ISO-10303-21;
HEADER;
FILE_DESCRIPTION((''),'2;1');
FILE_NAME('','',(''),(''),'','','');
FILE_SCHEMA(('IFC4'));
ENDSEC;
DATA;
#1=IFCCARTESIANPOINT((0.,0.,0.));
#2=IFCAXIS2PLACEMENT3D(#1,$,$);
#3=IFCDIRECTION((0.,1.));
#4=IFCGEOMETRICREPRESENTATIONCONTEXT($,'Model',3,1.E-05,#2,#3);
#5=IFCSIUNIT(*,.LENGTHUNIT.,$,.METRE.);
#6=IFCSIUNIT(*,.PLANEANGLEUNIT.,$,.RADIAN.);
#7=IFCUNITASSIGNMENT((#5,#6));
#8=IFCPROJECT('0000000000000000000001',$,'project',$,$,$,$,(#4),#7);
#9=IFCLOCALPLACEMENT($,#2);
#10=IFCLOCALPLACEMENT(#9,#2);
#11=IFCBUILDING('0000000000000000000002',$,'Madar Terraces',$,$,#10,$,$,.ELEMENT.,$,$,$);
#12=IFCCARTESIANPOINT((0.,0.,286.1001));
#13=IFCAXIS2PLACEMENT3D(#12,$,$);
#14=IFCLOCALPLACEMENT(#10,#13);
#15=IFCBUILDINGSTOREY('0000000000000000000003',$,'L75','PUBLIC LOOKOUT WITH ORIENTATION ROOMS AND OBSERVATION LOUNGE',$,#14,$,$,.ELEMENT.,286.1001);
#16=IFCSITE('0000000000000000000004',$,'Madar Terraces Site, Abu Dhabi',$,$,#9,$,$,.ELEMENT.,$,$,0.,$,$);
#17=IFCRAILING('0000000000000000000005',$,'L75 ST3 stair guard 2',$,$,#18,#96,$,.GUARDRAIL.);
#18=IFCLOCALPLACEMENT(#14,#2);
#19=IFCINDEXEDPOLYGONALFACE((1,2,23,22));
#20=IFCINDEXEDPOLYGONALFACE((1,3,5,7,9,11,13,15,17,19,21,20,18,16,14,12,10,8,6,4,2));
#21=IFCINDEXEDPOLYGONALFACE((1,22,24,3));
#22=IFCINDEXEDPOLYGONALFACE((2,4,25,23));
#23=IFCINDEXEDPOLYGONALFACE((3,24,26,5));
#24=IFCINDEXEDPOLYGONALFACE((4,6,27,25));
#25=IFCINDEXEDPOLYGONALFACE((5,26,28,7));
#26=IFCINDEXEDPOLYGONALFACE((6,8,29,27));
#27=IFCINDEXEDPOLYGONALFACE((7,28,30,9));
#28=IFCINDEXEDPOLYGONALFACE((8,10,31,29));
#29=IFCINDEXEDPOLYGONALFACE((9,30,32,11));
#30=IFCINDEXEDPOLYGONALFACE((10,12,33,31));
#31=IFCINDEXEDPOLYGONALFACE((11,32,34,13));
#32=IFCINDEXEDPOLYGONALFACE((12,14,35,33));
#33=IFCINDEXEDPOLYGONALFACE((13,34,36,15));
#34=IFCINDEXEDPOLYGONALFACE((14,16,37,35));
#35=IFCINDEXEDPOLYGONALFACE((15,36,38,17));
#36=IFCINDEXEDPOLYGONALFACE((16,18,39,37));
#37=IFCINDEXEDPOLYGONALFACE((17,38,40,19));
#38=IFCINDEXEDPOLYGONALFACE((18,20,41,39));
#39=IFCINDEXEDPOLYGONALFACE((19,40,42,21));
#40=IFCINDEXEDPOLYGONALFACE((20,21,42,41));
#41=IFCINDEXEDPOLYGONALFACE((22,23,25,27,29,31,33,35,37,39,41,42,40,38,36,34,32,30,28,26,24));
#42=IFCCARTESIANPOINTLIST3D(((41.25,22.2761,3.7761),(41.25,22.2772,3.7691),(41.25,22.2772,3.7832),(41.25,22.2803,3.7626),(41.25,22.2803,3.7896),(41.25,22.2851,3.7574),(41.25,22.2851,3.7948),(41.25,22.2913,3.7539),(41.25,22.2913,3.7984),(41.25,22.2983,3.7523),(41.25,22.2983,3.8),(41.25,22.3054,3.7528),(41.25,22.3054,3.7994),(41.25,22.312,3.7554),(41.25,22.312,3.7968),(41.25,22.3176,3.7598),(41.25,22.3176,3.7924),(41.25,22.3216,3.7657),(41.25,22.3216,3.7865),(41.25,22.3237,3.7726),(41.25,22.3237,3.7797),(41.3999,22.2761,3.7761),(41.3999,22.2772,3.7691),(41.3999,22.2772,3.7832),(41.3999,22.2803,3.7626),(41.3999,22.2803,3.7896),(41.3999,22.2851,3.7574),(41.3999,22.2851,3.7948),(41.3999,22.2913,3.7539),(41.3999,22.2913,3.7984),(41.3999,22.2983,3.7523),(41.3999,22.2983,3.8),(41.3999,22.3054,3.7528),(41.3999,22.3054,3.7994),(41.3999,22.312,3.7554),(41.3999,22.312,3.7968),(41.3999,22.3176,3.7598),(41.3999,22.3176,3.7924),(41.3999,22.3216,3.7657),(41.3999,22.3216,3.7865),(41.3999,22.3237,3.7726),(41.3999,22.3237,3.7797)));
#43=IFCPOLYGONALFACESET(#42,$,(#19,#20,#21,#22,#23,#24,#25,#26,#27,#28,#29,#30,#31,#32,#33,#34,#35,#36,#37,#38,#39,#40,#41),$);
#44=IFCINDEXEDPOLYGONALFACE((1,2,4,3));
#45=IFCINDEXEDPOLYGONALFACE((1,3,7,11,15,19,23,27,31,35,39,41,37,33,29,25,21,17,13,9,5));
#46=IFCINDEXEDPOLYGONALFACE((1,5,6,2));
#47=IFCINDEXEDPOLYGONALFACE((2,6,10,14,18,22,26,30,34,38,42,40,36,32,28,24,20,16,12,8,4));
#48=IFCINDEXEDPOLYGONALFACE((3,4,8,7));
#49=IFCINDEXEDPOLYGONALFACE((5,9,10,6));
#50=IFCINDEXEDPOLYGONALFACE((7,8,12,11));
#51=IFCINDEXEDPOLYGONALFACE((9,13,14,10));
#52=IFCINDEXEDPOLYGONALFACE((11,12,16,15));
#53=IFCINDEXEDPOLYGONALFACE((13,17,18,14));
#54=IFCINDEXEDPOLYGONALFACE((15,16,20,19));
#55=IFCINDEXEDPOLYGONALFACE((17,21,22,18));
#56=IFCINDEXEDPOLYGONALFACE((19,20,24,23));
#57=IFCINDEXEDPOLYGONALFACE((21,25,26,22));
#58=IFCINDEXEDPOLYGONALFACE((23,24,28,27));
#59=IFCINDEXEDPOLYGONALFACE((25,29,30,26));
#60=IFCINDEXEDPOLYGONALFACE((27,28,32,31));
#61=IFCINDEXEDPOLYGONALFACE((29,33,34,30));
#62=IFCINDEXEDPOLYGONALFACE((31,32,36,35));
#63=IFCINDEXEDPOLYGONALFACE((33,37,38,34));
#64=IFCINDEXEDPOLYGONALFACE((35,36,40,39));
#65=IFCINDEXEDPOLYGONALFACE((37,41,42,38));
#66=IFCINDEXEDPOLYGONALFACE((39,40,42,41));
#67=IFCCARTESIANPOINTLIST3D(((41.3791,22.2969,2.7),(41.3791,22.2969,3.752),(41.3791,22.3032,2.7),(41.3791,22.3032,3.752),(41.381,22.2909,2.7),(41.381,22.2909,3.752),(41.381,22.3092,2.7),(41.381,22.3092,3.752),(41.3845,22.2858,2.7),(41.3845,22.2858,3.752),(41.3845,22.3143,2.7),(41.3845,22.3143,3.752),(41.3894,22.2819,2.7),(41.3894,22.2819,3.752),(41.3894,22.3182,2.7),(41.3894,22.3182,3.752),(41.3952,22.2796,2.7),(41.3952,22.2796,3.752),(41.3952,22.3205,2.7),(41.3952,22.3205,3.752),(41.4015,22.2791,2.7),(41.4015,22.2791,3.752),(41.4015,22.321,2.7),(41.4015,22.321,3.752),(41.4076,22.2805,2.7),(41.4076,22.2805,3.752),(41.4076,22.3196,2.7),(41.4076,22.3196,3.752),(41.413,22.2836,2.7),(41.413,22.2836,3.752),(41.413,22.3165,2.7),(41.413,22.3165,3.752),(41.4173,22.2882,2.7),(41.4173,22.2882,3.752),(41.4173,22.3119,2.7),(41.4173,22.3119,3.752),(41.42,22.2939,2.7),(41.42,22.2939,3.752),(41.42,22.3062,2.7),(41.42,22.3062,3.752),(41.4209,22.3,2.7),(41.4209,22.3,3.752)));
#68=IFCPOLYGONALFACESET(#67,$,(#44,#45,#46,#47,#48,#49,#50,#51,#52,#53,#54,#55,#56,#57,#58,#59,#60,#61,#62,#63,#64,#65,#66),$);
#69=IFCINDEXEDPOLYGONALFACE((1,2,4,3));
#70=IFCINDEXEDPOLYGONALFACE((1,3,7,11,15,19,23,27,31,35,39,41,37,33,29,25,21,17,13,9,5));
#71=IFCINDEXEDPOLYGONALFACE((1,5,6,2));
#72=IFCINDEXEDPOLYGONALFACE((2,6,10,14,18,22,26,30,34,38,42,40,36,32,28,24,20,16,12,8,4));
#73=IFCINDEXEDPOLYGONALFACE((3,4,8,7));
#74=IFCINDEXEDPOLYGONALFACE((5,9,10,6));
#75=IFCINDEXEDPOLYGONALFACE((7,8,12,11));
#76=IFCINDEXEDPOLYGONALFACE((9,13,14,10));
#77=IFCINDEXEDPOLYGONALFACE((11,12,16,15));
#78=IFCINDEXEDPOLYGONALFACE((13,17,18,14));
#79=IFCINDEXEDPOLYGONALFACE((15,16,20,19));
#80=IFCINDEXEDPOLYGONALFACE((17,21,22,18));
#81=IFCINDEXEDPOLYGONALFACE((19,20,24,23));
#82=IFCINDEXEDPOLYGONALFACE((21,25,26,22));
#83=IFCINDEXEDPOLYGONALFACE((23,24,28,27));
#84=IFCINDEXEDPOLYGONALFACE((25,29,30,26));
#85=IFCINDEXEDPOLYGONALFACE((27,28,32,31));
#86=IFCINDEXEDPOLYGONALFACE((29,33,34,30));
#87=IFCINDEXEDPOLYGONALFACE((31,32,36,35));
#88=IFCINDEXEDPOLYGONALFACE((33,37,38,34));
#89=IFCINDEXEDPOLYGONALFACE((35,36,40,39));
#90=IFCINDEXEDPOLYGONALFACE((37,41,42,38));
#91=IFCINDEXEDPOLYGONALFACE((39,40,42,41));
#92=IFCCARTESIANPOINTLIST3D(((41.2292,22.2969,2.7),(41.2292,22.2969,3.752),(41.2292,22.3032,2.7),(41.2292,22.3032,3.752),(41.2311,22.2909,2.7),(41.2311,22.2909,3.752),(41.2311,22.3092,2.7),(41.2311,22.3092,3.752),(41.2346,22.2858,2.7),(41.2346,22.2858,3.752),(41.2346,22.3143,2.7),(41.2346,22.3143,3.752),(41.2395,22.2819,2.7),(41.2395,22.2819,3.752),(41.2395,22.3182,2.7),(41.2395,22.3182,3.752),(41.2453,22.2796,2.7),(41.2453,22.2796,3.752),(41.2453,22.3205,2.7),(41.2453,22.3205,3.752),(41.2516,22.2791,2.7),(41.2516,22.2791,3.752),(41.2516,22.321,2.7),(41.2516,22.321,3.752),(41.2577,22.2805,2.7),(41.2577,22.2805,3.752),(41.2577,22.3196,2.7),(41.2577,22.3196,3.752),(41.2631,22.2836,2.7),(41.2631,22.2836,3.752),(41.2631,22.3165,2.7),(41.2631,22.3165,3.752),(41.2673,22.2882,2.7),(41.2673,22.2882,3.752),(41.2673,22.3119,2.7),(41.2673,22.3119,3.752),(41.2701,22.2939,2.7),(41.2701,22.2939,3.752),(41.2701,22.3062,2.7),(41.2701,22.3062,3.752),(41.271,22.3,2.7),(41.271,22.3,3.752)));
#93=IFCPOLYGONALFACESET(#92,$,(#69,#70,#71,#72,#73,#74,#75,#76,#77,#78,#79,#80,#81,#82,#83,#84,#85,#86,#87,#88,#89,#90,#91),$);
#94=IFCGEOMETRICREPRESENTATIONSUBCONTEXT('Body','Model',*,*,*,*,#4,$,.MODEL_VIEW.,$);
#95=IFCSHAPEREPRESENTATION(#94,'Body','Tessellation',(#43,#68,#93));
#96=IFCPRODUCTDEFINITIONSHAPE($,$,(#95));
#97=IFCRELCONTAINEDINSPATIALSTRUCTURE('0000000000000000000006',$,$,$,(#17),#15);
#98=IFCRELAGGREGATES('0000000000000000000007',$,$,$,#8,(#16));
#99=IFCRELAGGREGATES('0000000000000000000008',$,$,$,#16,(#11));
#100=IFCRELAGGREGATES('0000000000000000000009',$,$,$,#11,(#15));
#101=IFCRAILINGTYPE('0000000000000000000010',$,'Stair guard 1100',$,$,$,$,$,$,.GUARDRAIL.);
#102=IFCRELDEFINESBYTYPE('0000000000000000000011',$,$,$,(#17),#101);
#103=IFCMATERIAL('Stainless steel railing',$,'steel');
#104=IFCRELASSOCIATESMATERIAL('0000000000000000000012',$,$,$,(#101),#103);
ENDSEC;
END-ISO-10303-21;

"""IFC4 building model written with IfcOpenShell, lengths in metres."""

from ifc_helpers import new_model, si_unit, direction, frame, origin, origin_2d, place, context, subcontext, project, spatial, circle, extrude, material, type_object, element, save


model = new_model("IFC4")

# Units and contexts
model_context = context("Model", 3, precision=1e-05, world=origin(), true_north=direction((0.0, 1.0)))
body_context = subcontext(model_context, "Body", "Model", "MODEL_VIEW")
ifc_project = project(units=[si_unit("LENGTHUNIT", "METRE"), si_unit("PLANEANGLEUNIT", "RADIAN")], contexts=[model_context])

# Site, building, storey
site_placement = place(None, origin())
site = spatial("IfcSite", under=ifc_project, at=site_placement, Name="Madar Terraces Site, Abu Dhabi", CompositionType="ELEMENT", RefElevation=0.0)
building_placement = place(site_placement, origin())
building = spatial("IfcBuilding", under=site, at=building_placement, Name="Madar Terraces", CompositionType="ELEMENT")
storey_placement = place(building_placement, frame((0.0, 0.0, 286.1001)))
storey = spatial("IfcBuildingStorey", under=building, at=storey_placement, Name="L75", Description="PUBLIC LOOKOUT WITH ORIENTATION ROOMS AND OBSERVATION LOUNGE", CompositionType="ELEMENT", Elevation=286.1001)

# Railing
ifc_material_1 = material(Name="Stainless steel railing", Category="steel")
railing_type_1 = type_object("IfcRailingType", Name="Stair guard 1100", PredefinedType="GUARDRAIL", material=ifc_material_1)
railing_1_placement = place(storey_placement, frame((41.3999, 22.3, 2.7)))
element("IfcRailing", 1, at=railing_1_placement, inside=storey, type_object=railing_type_1, Name="L75 ST3 stair guard 2", PredefinedType="GUARDRAIL", context=body_context, shape_type="SweptSolid", body=[
    extrude(circle(Radius=0.0239, at=origin_2d()), frame((0.0, 0.0, 1.0762), z_axis=(-1.0, 0.0, 0.0), x_axis=(0.0, -1.0, 0.0)), (0.0, 0.0, 1.0), 0.1499),
    extrude(circle(Radius=0.021, at=origin_2d()), origin(), (0.0, 0.0, 1.0), 1.052),
    extrude(circle(Radius=0.021, at=origin_2d()), frame((-0.1499, 0.0, 0.0)), (0.0, 0.0, 1.0), 1.052),
])

save(model, "model.ifc")
